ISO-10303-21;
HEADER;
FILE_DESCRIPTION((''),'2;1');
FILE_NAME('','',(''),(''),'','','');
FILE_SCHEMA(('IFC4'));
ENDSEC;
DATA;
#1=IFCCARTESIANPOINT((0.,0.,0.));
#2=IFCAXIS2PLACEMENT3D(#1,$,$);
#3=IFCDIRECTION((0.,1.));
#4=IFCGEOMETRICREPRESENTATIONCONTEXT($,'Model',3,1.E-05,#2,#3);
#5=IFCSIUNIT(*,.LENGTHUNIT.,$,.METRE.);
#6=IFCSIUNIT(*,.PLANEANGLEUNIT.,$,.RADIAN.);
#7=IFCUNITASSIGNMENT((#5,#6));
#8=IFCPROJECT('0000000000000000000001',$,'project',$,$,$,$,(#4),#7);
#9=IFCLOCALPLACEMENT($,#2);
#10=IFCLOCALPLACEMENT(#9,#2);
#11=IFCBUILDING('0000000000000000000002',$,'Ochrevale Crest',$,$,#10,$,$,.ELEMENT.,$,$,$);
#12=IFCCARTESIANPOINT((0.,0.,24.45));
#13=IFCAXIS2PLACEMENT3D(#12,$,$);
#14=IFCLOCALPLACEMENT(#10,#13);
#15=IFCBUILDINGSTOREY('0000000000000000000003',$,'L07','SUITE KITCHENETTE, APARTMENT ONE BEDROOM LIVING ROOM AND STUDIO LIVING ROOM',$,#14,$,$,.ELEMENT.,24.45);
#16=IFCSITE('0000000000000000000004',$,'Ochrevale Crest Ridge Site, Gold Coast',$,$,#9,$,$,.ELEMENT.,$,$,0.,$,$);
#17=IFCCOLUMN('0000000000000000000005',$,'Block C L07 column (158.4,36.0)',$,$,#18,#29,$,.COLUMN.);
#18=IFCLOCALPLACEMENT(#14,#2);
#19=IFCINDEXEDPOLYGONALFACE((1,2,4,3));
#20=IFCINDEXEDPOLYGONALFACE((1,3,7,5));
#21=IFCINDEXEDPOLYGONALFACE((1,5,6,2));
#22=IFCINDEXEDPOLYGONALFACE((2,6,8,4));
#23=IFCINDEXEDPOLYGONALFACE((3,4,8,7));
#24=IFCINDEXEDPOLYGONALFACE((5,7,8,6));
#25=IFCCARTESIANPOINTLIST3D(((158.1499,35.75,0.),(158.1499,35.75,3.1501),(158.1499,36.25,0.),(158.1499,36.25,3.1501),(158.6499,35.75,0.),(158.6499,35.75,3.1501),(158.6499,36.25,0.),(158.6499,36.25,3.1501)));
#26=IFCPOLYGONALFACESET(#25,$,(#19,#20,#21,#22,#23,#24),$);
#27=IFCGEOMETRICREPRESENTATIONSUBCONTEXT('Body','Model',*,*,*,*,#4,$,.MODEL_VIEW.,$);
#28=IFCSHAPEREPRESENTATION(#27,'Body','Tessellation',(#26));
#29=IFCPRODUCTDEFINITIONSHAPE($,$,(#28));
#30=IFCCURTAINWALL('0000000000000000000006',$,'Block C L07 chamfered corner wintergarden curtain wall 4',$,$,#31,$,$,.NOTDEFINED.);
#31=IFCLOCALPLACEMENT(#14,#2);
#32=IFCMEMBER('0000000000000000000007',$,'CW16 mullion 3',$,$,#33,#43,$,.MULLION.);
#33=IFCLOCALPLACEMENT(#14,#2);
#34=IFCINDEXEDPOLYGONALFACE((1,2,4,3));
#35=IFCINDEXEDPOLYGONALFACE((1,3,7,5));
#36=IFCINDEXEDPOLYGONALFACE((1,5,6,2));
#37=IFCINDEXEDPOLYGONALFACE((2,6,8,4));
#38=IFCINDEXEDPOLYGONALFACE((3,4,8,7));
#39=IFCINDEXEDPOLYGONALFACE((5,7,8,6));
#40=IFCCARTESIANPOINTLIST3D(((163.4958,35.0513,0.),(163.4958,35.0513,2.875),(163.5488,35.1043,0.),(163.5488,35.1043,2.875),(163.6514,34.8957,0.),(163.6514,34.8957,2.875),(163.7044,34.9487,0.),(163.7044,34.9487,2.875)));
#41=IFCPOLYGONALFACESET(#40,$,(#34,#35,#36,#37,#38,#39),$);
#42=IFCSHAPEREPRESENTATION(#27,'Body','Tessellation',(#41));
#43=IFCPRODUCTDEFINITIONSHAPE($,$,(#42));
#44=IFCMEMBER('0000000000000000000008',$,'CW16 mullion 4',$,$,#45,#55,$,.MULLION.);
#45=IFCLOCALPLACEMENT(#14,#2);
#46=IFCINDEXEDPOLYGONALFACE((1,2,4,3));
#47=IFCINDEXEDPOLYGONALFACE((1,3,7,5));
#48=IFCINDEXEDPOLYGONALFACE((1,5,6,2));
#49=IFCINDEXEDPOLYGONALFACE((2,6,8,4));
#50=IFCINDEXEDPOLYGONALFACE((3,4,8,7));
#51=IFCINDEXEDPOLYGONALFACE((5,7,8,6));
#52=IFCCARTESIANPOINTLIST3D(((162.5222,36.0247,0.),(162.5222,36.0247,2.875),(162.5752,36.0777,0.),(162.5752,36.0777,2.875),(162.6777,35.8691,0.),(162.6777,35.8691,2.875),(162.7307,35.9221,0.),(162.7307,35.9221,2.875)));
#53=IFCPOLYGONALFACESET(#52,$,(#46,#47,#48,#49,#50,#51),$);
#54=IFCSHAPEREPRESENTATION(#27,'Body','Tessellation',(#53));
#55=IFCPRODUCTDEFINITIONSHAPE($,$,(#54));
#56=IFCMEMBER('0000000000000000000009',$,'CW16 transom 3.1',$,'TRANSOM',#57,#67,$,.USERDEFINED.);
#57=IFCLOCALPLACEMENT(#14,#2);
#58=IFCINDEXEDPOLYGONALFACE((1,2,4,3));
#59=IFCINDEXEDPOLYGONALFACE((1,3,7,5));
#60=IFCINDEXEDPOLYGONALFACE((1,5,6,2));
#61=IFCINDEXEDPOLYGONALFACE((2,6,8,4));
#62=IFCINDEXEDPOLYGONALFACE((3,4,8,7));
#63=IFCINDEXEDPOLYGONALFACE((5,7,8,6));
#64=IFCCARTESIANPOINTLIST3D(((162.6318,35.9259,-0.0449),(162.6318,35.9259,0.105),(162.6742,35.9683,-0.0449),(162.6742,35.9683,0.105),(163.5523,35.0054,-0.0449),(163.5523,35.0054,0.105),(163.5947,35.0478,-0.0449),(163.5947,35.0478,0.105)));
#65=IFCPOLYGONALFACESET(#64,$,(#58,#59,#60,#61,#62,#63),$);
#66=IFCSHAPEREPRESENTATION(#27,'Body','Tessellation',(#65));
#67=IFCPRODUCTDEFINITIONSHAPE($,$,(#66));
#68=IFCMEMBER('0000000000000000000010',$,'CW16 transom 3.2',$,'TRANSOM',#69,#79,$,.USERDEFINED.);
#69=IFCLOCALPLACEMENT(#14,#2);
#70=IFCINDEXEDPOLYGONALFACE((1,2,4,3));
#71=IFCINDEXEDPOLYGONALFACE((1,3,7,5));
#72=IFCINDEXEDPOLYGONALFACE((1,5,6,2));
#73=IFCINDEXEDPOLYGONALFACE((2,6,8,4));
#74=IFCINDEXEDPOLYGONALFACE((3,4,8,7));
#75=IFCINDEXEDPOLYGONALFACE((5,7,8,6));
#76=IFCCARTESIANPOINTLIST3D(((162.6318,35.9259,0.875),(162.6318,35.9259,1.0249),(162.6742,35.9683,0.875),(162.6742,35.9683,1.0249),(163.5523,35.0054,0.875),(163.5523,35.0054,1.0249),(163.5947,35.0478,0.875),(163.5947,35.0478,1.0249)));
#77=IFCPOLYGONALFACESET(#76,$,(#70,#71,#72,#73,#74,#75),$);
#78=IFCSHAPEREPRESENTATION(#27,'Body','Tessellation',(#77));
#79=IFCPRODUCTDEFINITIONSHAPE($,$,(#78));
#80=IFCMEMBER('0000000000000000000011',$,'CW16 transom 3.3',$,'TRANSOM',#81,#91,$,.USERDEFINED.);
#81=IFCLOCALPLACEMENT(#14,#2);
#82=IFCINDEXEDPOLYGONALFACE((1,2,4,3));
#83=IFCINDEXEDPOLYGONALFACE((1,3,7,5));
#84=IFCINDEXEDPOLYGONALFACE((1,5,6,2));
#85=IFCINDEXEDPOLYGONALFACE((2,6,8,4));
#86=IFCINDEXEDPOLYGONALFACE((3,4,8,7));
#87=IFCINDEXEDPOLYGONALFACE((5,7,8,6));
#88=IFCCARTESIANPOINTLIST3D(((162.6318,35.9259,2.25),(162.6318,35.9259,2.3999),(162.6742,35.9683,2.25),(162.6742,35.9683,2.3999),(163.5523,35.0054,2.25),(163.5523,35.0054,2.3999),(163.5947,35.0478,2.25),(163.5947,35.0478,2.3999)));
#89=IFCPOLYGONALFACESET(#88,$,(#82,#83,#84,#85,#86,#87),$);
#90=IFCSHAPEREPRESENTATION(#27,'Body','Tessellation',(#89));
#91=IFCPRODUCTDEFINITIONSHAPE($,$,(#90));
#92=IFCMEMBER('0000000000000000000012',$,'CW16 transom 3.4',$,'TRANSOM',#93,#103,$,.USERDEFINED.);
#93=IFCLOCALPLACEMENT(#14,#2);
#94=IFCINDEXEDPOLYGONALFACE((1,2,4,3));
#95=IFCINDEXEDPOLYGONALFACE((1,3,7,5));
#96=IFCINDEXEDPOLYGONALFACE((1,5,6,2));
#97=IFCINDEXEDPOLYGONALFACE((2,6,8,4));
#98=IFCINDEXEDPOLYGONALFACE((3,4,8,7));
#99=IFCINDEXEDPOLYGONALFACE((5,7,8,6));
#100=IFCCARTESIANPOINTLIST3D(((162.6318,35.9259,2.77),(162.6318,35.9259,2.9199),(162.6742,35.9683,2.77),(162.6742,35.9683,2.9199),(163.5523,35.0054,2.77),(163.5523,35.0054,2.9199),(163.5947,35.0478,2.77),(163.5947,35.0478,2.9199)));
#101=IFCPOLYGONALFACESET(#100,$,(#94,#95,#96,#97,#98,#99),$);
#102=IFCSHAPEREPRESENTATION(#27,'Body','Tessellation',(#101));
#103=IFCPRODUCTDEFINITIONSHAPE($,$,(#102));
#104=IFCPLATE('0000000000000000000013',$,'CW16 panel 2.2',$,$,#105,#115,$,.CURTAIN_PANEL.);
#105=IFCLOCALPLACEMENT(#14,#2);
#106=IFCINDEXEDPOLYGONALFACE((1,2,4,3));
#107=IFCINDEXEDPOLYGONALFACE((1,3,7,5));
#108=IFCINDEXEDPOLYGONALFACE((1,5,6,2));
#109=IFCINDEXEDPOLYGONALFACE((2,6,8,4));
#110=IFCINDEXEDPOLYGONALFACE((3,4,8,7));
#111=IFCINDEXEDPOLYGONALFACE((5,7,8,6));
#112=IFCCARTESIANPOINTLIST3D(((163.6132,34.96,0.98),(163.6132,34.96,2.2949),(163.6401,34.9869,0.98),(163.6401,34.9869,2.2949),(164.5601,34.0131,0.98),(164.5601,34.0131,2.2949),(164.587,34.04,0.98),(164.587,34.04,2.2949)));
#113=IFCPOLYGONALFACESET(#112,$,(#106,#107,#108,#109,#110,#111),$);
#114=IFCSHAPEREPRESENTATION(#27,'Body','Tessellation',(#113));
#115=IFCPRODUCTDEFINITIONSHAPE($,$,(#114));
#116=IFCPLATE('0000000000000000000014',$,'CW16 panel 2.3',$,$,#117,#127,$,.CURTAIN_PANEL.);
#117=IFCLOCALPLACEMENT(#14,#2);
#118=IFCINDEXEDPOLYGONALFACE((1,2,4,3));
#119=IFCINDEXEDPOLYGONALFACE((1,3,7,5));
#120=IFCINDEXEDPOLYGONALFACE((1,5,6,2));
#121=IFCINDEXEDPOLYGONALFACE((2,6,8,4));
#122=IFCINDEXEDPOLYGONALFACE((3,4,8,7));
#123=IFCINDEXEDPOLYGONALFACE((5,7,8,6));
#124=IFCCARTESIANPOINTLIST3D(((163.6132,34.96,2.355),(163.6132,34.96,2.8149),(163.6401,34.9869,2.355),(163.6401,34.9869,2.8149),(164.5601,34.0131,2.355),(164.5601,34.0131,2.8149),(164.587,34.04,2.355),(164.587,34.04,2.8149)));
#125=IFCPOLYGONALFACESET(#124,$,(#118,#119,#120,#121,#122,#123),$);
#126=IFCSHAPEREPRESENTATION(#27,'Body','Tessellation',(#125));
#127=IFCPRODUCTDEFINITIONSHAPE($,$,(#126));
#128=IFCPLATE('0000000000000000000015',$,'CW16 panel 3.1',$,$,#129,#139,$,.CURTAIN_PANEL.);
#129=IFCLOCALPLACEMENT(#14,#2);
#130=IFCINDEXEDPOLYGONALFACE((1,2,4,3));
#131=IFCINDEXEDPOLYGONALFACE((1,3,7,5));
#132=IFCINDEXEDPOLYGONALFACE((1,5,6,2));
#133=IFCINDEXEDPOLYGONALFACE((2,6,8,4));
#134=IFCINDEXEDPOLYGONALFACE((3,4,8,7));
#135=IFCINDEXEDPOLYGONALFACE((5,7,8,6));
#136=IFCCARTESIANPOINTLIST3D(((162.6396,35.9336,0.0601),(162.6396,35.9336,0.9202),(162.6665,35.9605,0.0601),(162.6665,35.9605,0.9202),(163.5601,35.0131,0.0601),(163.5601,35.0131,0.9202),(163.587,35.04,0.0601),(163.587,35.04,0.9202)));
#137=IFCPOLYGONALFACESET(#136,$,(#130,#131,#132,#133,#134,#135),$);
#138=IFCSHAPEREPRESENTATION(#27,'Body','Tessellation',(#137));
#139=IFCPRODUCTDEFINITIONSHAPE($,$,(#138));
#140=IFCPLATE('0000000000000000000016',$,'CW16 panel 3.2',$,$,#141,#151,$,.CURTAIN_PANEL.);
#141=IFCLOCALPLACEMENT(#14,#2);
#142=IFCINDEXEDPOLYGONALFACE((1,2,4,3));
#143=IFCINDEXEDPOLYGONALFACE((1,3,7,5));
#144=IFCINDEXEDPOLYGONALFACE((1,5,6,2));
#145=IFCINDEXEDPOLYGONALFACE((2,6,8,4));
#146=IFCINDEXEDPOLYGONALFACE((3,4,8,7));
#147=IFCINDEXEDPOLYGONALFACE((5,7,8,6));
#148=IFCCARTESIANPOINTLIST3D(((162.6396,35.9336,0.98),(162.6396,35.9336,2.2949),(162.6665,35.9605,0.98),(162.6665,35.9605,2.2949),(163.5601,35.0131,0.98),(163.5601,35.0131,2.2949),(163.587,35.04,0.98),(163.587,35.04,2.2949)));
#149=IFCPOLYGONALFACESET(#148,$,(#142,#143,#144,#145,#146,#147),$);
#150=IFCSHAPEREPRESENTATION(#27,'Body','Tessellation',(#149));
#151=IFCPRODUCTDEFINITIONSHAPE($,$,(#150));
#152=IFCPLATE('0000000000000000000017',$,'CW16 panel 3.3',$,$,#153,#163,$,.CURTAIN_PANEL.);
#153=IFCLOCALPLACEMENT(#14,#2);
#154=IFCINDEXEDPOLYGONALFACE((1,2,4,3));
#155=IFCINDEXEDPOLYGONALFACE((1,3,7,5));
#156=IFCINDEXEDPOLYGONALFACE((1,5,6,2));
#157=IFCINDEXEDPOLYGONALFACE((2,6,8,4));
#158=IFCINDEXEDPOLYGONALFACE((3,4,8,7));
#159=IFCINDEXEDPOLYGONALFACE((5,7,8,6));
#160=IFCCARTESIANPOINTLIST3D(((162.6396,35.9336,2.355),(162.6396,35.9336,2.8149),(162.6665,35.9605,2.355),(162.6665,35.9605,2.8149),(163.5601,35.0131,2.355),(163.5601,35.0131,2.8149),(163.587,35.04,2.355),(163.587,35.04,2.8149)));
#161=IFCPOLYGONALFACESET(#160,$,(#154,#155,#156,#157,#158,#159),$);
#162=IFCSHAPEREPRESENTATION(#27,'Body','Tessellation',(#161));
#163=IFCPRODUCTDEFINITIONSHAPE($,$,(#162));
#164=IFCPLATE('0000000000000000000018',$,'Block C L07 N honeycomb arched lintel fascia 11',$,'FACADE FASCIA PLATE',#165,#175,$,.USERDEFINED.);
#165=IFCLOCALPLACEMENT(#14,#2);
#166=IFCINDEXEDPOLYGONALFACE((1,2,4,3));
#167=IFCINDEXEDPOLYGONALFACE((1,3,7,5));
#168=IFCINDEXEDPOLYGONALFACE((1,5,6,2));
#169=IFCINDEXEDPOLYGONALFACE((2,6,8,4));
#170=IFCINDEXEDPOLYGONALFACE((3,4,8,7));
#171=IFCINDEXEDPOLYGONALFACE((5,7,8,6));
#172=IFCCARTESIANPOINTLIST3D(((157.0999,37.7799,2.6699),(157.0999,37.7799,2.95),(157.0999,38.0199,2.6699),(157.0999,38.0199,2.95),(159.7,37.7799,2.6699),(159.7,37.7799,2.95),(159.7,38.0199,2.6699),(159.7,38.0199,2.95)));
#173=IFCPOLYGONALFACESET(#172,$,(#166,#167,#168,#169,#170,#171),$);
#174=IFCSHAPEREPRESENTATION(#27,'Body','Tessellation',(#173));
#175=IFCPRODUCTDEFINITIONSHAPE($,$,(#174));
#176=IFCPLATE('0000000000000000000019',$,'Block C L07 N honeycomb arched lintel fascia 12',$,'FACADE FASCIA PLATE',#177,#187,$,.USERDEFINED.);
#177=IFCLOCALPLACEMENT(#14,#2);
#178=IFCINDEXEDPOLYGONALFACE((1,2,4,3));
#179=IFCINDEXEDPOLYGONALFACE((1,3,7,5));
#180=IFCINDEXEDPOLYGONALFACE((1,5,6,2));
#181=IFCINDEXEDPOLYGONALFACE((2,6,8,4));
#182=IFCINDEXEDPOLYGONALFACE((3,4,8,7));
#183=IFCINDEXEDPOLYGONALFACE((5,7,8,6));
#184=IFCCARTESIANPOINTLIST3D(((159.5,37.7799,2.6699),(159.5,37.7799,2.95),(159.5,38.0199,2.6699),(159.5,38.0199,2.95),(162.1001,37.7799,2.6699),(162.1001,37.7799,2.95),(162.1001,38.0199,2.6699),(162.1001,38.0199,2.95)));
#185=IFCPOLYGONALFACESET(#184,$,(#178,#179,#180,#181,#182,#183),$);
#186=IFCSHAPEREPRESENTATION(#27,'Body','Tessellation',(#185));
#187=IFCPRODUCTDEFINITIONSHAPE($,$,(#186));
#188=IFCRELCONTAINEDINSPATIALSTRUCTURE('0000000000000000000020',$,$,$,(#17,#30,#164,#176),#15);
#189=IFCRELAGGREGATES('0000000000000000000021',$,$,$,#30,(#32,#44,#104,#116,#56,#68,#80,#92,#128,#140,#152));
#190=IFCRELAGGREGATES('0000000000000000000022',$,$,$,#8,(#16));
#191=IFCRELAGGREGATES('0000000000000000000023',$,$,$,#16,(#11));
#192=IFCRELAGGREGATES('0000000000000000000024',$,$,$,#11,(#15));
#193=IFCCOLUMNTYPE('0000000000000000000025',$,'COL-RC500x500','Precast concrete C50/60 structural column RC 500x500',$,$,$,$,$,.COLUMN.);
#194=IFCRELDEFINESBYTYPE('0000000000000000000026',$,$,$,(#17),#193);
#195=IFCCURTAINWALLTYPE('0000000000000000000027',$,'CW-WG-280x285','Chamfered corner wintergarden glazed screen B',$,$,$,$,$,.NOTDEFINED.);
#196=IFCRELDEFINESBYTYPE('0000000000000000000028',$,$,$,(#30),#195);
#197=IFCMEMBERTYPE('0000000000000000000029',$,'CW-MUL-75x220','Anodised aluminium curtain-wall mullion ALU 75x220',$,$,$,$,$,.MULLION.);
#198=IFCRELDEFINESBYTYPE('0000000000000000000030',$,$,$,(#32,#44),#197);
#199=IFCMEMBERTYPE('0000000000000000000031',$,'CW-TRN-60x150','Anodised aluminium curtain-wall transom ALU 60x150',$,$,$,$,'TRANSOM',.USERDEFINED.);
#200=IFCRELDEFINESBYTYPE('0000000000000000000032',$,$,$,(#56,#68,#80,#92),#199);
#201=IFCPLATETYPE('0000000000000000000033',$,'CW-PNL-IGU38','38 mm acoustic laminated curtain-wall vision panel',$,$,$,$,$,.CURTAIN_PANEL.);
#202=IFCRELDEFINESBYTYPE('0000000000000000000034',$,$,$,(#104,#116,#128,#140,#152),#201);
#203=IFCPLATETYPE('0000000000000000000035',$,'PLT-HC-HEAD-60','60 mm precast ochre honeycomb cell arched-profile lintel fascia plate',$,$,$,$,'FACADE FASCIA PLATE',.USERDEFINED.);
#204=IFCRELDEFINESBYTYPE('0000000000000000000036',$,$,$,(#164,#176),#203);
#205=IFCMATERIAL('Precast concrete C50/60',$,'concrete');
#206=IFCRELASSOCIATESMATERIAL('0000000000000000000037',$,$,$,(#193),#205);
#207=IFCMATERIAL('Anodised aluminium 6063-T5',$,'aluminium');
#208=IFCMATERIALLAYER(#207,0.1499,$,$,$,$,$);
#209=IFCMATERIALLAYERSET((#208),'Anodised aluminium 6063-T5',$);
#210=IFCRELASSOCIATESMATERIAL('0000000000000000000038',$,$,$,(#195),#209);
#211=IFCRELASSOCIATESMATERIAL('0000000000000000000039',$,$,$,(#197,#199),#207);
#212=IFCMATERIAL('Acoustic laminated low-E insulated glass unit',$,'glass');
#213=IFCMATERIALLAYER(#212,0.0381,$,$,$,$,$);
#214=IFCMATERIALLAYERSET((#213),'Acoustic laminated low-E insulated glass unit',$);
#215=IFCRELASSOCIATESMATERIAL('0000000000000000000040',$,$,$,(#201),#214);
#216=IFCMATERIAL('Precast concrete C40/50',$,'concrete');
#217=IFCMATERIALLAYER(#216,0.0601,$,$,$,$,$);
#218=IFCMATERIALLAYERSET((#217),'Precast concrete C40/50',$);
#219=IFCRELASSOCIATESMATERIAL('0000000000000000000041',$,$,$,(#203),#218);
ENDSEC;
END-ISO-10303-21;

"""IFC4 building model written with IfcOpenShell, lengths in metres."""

from ifc_helpers import new_model, si_unit, direction, frame, origin, origin_2d, place, context, subcontext, project, spatial, rectangle, extrude, material, layer, layer_set, material_profile, profile_set, type_object, element, aggregate, save


model = new_model("IFC4")

# Units and contexts
model_context = context("Model", 3, precision=1e-05, world=origin(), true_north=direction((0.0, 1.0)))
body_context = subcontext(model_context, "Body", "Model", "MODEL_VIEW")
ifc_project = project(units=[si_unit("LENGTHUNIT", "METRE"), si_unit("PLANEANGLEUNIT", "RADIAN")], contexts=[model_context])

# Site, building, storey
site_placement = place(None, origin())
site = spatial("IfcSite", under=ifc_project, at=site_placement, Name="Ochrevale Crest Ridge Site, Gold Coast", CompositionType="ELEMENT", RefElevation=0.0)
building_placement = place(site_placement, origin())
building = spatial("IfcBuilding", under=site, at=building_placement, Name="Ochrevale Crest", CompositionType="ELEMENT")
storey_placement = place(building_placement, frame((0.0, 0.0, 24.45)))
storey = spatial("IfcBuildingStorey", under=building, at=storey_placement, Name="L07", Description="SUITE KITCHENETTE, APARTMENT ONE BEDROOM LIVING ROOM AND STUDIO LIVING ROOM", CompositionType="ELEMENT", Elevation=24.45)

# Column
ifc_material_1 = material(Name="Precast concrete C50/60", Category="concrete")
ifc_material_profile_1 = material_profile(ifc_material_1, rectangle(XDim=0.5, YDim=0.5, at=origin_2d()), Name="RC 500x500")
ifc_profile_set_1 = profile_set([ifc_material_profile_1], Name="Precast concrete C50/60")
column_type = type_object("IfcColumnType", Name="COL-RC500x500", Description="Precast concrete C50/60 structural column RC 500x500", PredefinedType="COLUMN", material=ifc_profile_set_1)
column_placement = place(storey_placement, frame((158.3999, 36.0, 0.0), z_axis=(0.0, 0.0, 1.0), x_axis=(1.0, 0.0, 0.0)))
element("IfcColumn", 1, at=column_placement, inside=storey, type_object=column_type, Name="Block C L07 column (158.4,36.0)", PredefinedType="COLUMN", context=body_context, shape_type="SweptSolid", body=[
    extrude(rectangle(XDim=0.5, YDim=0.5, at=origin_2d()), origin(), (0.0, 0.0, 1.0), 3.1501),
])

# Curtain wall, members, plates
ifc_material_2 = material(Name="Anodised aluminium 6063-T5", Category="aluminium")
ifc_layer_1 = layer(ifc_material_2, 0.1499)
ifc_layer_set_1 = layer_set([ifc_layer_1], Name="Anodised aluminium 6063-T5")
curtain_wall_type = type_object("IfcCurtainWallType", Name="CW-WG-280x285", Description="Chamfered corner wintergarden glazed screen B", PredefinedType="NOTDEFINED", material=ifc_layer_set_1)
curtain_wall_placement = place(storey_placement, origin())
curtain_wall = element("IfcCurtainWall", 2, at=curtain_wall_placement, inside=storey, type_object=curtain_wall_type, Name="Block C L07 chamfered corner wintergarden curtain wall 4", PredefinedType="NOTDEFINED")
ifc_material_profile_2 = material_profile(ifc_material_2, rectangle(XDim=0.075, YDim=0.22, at=origin_2d()), Name="ALU 75x220")
ifc_profile_set_2 = profile_set([ifc_material_profile_2], Name="Anodised aluminium 6063-T5")
member_type_1 = type_object("IfcMemberType", Name="CW-MUL-75x220", Description="Anodised aluminium curtain-wall mullion ALU 75x220", PredefinedType="MULLION", material=ifc_profile_set_2)
member_1_placement = place(storey_placement, frame((163.6001, 35.0, 0.0), z_axis=(0.0, 0.0, 1.0), x_axis=(-0.707107, -0.707107, 0.0)))
member_1 = element("IfcMember", 3, at=member_1_placement, type_object=member_type_1, Name="CW16 mullion 3", PredefinedType="MULLION", context=body_context, shape_type="SweptSolid", body=[
    extrude(rectangle(XDim=0.075, YDim=0.22, at=origin_2d()), origin(), (0.0, 0.0, 1.0), 2.875),
])
member_2_placement = place(storey_placement, frame((162.6265, 35.9734, 0.0), z_axis=(0.0, 0.0, 1.0), x_axis=(-0.707107, -0.707107, 0.0)))
member_2 = element("IfcMember", 4, at=member_2_placement, type_object=member_type_1, Name="CW16 mullion 4", PredefinedType="MULLION", context=body_context, shape_type="SweptSolid", body=[
    extrude(rectangle(XDim=0.075, YDim=0.22, at=origin_2d()), origin(), (0.0, 0.0, 1.0), 2.875),
])
ifc_material_profile_3 = material_profile(ifc_material_2, rectangle(XDim=0.0601, YDim=0.1499, at=origin_2d()), Name="ALU 60x150")
ifc_profile_set_3 = profile_set([ifc_material_profile_3], Name="Anodised aluminium 6063-T5")
member_type_2 = type_object("IfcMemberType", Name="CW-TRN-60x150", Description="Anodised aluminium curtain-wall transom ALU 60x150", ElementType="TRANSOM", PredefinedType="USERDEFINED", material=ifc_profile_set_3)
member_3_placement = place(storey_placement, frame((163.5735, 35.0266, 0.03), z_axis=(-0.707107, 0.707107, 0.0), x_axis=(-0.707107, -0.707107, 0.0)))
member_3 = element("IfcMember", 5, at=member_3_placement, type_object=member_type_2, Name="CW16 transom 3.1", ObjectType="TRANSOM", PredefinedType="USERDEFINED", context=body_context, shape_type="SweptSolid", body=[
    extrude(rectangle(XDim=0.0601, YDim=0.1499, at=origin_2d()), origin(), (0.0, 0.0, 1.0), 1.3018),
])
member_4_placement = place(storey_placement, frame((163.5735, 35.0266, 0.95), z_axis=(-0.707107, 0.707107, 0.0), x_axis=(-0.707107, -0.707107, 0.0)))
member_4 = element("IfcMember", 6, at=member_4_placement, type_object=member_type_2, Name="CW16 transom 3.2", ObjectType="TRANSOM", PredefinedType="USERDEFINED", context=body_context, shape_type="SweptSolid", body=[
    extrude(rectangle(XDim=0.0601, YDim=0.1499, at=origin_2d()), origin(), (0.0, 0.0, 1.0), 1.3018),
])
member_5_placement = place(storey_placement, frame((163.5735, 35.0266, 2.325), z_axis=(-0.707107, 0.707107, 0.0), x_axis=(-0.707107, -0.707107, 0.0)))
member_5 = element("IfcMember", 7, at=member_5_placement, type_object=member_type_2, Name="CW16 transom 3.3", ObjectType="TRANSOM", PredefinedType="USERDEFINED", context=body_context, shape_type="SweptSolid", body=[
    extrude(rectangle(XDim=0.0601, YDim=0.1499, at=origin_2d()), origin(), (0.0, 0.0, 1.0), 1.3018),
])
member_6_placement = place(storey_placement, frame((163.5735, 35.0266, 2.845), z_axis=(-0.707107, 0.707107, 0.0), x_axis=(-0.707107, -0.707107, 0.0)))
member_6 = element("IfcMember", 8, at=member_6_placement, type_object=member_type_2, Name="CW16 transom 3.4", ObjectType="TRANSOM", PredefinedType="USERDEFINED", context=body_context, shape_type="SweptSolid", body=[
    extrude(rectangle(XDim=0.0601, YDim=0.1499, at=origin_2d()), origin(), (0.0, 0.0, 1.0), 1.3018),
])
ifc_material_3 = material(Name="Acoustic laminated low-E insulated glass unit", Category="glass")
ifc_layer_2 = layer(ifc_material_3, 0.0381)
ifc_layer_set_2 = layer_set([ifc_layer_2], Name="Acoustic laminated low-E insulated glass unit")
plate_type_1 = type_object("IfcPlateType", Name="CW-PNL-IGU38", Description="38 mm acoustic laminated curtain-wall vision panel", PredefinedType="CURTAIN_PANEL", material=ifc_layer_set_2)
plate_1_placement = place(storey_placement, frame((164.1001, 34.5, 0.98), z_axis=(0.0, 0.0, 1.0), x_axis=(-0.707107, 0.707107, 0.0)))
plate_1 = element("IfcPlate", 9, at=plate_1_placement, type_object=plate_type_1, Name="CW16 panel 2.2", PredefinedType="CURTAIN_PANEL", context=body_context, shape_type="SweptSolid", body=[
    extrude(rectangle(XDim=1.3391, YDim=0.0381, at=origin_2d()), origin(), (0.0, 0.0, 1.0), 1.3149),
])
plate_2_placement = place(storey_placement, frame((164.1001, 34.5, 2.355), z_axis=(0.0, 0.0, 1.0), x_axis=(-0.707107, 0.707107, 0.0)))
plate_2 = element("IfcPlate", 10, at=plate_2_placement, type_object=plate_type_1, Name="CW16 panel 2.3", PredefinedType="CURTAIN_PANEL", context=body_context, shape_type="SweptSolid", body=[
    extrude(rectangle(XDim=1.3391, YDim=0.0381, at=origin_2d()), origin(), (0.0, 0.0, 1.0), 0.46),
])
plate_3_placement = place(storey_placement, frame((163.1133, 35.4868, 0.0601), z_axis=(0.0, 0.0, 1.0), x_axis=(-0.707107, 0.707107, 0.0)))
plate_3 = element("IfcPlate", 11, at=plate_3_placement, type_object=plate_type_1, Name="CW16 panel 3.1", PredefinedType="CURTAIN_PANEL", context=body_context, shape_type="SweptSolid", body=[
    extrude(rectangle(XDim=1.3018, YDim=0.0381, at=origin_2d()), origin(), (0.0, 0.0, 1.0), 0.8601),
])
plate_4_placement = place(storey_placement, frame((163.1133, 35.4868, 0.98), z_axis=(0.0, 0.0, 1.0), x_axis=(-0.707107, 0.707107, 0.0)))
plate_4 = element("IfcPlate", 12, at=plate_4_placement, type_object=plate_type_1, Name="CW16 panel 3.2", PredefinedType="CURTAIN_PANEL", context=body_context, shape_type="SweptSolid", body=[
    extrude(rectangle(XDim=1.3018, YDim=0.0381, at=origin_2d()), origin(), (0.0, 0.0, 1.0), 1.3149),
])
plate_5_placement = place(storey_placement, frame((163.1133, 35.4868, 2.355), z_axis=(0.0, 0.0, 1.0), x_axis=(-0.707107, 0.707107, 0.0)))
plate_5 = element("IfcPlate", 13, at=plate_5_placement, type_object=plate_type_1, Name="CW16 panel 3.3", PredefinedType="CURTAIN_PANEL", context=body_context, shape_type="SweptSolid", body=[
    extrude(rectangle(XDim=1.3018, YDim=0.0381, at=origin_2d()), origin(), (0.0, 0.0, 1.0), 0.46),
])
aggregate(curtain_wall, [member_1, member_2, plate_1, plate_2, member_3, member_4, member_5, member_6, plate_3, plate_4, plate_5])

# Plates
ifc_material_4 = material(Name="Precast concrete C40/50", Category="concrete")
ifc_layer_3 = layer(ifc_material_4, 0.0601)
ifc_layer_set_3 = layer_set([ifc_layer_3], Name="Precast concrete C40/50")
plate_type_2 = type_object("IfcPlateType", Name="PLT-HC-HEAD-60", Description="60 mm precast ochre honeycomb cell arched-profile lintel fascia plate", ElementType="FACADE FASCIA PLATE", PredefinedType="USERDEFINED", material=ifc_layer_set_3)
for number, where, z_axis, x_axis, name in (
    (14, (158.3999, 37.8999, 2.6699), (0.0, 0.0, 1.0), (1.0, 0.0, 0.0), "Block C L07 N honeycomb arched lintel fascia 11"),
    (15, (160.8, 37.8999, 2.6699), (0.0, 0.0, 1.0), (1.0, 0.0, 0.0), "Block C L07 N honeycomb arched lintel fascia 12"),
):
    element("IfcPlate", number, at=place(storey_placement, frame(where, z_axis=z_axis, x_axis=x_axis)), inside=storey, type_object=plate_type_2, Name=name, ObjectType="FACADE FASCIA PLATE", PredefinedType="USERDEFINED", context=body_context, shape_type="SweptSolid", body=[
        extrude(rectangle(XDim=2.6001, YDim=0.24, at=origin_2d()), origin(), (0.0, 0.0, 1.0), 0.28),
    ])

save(model, "model.ifc")
